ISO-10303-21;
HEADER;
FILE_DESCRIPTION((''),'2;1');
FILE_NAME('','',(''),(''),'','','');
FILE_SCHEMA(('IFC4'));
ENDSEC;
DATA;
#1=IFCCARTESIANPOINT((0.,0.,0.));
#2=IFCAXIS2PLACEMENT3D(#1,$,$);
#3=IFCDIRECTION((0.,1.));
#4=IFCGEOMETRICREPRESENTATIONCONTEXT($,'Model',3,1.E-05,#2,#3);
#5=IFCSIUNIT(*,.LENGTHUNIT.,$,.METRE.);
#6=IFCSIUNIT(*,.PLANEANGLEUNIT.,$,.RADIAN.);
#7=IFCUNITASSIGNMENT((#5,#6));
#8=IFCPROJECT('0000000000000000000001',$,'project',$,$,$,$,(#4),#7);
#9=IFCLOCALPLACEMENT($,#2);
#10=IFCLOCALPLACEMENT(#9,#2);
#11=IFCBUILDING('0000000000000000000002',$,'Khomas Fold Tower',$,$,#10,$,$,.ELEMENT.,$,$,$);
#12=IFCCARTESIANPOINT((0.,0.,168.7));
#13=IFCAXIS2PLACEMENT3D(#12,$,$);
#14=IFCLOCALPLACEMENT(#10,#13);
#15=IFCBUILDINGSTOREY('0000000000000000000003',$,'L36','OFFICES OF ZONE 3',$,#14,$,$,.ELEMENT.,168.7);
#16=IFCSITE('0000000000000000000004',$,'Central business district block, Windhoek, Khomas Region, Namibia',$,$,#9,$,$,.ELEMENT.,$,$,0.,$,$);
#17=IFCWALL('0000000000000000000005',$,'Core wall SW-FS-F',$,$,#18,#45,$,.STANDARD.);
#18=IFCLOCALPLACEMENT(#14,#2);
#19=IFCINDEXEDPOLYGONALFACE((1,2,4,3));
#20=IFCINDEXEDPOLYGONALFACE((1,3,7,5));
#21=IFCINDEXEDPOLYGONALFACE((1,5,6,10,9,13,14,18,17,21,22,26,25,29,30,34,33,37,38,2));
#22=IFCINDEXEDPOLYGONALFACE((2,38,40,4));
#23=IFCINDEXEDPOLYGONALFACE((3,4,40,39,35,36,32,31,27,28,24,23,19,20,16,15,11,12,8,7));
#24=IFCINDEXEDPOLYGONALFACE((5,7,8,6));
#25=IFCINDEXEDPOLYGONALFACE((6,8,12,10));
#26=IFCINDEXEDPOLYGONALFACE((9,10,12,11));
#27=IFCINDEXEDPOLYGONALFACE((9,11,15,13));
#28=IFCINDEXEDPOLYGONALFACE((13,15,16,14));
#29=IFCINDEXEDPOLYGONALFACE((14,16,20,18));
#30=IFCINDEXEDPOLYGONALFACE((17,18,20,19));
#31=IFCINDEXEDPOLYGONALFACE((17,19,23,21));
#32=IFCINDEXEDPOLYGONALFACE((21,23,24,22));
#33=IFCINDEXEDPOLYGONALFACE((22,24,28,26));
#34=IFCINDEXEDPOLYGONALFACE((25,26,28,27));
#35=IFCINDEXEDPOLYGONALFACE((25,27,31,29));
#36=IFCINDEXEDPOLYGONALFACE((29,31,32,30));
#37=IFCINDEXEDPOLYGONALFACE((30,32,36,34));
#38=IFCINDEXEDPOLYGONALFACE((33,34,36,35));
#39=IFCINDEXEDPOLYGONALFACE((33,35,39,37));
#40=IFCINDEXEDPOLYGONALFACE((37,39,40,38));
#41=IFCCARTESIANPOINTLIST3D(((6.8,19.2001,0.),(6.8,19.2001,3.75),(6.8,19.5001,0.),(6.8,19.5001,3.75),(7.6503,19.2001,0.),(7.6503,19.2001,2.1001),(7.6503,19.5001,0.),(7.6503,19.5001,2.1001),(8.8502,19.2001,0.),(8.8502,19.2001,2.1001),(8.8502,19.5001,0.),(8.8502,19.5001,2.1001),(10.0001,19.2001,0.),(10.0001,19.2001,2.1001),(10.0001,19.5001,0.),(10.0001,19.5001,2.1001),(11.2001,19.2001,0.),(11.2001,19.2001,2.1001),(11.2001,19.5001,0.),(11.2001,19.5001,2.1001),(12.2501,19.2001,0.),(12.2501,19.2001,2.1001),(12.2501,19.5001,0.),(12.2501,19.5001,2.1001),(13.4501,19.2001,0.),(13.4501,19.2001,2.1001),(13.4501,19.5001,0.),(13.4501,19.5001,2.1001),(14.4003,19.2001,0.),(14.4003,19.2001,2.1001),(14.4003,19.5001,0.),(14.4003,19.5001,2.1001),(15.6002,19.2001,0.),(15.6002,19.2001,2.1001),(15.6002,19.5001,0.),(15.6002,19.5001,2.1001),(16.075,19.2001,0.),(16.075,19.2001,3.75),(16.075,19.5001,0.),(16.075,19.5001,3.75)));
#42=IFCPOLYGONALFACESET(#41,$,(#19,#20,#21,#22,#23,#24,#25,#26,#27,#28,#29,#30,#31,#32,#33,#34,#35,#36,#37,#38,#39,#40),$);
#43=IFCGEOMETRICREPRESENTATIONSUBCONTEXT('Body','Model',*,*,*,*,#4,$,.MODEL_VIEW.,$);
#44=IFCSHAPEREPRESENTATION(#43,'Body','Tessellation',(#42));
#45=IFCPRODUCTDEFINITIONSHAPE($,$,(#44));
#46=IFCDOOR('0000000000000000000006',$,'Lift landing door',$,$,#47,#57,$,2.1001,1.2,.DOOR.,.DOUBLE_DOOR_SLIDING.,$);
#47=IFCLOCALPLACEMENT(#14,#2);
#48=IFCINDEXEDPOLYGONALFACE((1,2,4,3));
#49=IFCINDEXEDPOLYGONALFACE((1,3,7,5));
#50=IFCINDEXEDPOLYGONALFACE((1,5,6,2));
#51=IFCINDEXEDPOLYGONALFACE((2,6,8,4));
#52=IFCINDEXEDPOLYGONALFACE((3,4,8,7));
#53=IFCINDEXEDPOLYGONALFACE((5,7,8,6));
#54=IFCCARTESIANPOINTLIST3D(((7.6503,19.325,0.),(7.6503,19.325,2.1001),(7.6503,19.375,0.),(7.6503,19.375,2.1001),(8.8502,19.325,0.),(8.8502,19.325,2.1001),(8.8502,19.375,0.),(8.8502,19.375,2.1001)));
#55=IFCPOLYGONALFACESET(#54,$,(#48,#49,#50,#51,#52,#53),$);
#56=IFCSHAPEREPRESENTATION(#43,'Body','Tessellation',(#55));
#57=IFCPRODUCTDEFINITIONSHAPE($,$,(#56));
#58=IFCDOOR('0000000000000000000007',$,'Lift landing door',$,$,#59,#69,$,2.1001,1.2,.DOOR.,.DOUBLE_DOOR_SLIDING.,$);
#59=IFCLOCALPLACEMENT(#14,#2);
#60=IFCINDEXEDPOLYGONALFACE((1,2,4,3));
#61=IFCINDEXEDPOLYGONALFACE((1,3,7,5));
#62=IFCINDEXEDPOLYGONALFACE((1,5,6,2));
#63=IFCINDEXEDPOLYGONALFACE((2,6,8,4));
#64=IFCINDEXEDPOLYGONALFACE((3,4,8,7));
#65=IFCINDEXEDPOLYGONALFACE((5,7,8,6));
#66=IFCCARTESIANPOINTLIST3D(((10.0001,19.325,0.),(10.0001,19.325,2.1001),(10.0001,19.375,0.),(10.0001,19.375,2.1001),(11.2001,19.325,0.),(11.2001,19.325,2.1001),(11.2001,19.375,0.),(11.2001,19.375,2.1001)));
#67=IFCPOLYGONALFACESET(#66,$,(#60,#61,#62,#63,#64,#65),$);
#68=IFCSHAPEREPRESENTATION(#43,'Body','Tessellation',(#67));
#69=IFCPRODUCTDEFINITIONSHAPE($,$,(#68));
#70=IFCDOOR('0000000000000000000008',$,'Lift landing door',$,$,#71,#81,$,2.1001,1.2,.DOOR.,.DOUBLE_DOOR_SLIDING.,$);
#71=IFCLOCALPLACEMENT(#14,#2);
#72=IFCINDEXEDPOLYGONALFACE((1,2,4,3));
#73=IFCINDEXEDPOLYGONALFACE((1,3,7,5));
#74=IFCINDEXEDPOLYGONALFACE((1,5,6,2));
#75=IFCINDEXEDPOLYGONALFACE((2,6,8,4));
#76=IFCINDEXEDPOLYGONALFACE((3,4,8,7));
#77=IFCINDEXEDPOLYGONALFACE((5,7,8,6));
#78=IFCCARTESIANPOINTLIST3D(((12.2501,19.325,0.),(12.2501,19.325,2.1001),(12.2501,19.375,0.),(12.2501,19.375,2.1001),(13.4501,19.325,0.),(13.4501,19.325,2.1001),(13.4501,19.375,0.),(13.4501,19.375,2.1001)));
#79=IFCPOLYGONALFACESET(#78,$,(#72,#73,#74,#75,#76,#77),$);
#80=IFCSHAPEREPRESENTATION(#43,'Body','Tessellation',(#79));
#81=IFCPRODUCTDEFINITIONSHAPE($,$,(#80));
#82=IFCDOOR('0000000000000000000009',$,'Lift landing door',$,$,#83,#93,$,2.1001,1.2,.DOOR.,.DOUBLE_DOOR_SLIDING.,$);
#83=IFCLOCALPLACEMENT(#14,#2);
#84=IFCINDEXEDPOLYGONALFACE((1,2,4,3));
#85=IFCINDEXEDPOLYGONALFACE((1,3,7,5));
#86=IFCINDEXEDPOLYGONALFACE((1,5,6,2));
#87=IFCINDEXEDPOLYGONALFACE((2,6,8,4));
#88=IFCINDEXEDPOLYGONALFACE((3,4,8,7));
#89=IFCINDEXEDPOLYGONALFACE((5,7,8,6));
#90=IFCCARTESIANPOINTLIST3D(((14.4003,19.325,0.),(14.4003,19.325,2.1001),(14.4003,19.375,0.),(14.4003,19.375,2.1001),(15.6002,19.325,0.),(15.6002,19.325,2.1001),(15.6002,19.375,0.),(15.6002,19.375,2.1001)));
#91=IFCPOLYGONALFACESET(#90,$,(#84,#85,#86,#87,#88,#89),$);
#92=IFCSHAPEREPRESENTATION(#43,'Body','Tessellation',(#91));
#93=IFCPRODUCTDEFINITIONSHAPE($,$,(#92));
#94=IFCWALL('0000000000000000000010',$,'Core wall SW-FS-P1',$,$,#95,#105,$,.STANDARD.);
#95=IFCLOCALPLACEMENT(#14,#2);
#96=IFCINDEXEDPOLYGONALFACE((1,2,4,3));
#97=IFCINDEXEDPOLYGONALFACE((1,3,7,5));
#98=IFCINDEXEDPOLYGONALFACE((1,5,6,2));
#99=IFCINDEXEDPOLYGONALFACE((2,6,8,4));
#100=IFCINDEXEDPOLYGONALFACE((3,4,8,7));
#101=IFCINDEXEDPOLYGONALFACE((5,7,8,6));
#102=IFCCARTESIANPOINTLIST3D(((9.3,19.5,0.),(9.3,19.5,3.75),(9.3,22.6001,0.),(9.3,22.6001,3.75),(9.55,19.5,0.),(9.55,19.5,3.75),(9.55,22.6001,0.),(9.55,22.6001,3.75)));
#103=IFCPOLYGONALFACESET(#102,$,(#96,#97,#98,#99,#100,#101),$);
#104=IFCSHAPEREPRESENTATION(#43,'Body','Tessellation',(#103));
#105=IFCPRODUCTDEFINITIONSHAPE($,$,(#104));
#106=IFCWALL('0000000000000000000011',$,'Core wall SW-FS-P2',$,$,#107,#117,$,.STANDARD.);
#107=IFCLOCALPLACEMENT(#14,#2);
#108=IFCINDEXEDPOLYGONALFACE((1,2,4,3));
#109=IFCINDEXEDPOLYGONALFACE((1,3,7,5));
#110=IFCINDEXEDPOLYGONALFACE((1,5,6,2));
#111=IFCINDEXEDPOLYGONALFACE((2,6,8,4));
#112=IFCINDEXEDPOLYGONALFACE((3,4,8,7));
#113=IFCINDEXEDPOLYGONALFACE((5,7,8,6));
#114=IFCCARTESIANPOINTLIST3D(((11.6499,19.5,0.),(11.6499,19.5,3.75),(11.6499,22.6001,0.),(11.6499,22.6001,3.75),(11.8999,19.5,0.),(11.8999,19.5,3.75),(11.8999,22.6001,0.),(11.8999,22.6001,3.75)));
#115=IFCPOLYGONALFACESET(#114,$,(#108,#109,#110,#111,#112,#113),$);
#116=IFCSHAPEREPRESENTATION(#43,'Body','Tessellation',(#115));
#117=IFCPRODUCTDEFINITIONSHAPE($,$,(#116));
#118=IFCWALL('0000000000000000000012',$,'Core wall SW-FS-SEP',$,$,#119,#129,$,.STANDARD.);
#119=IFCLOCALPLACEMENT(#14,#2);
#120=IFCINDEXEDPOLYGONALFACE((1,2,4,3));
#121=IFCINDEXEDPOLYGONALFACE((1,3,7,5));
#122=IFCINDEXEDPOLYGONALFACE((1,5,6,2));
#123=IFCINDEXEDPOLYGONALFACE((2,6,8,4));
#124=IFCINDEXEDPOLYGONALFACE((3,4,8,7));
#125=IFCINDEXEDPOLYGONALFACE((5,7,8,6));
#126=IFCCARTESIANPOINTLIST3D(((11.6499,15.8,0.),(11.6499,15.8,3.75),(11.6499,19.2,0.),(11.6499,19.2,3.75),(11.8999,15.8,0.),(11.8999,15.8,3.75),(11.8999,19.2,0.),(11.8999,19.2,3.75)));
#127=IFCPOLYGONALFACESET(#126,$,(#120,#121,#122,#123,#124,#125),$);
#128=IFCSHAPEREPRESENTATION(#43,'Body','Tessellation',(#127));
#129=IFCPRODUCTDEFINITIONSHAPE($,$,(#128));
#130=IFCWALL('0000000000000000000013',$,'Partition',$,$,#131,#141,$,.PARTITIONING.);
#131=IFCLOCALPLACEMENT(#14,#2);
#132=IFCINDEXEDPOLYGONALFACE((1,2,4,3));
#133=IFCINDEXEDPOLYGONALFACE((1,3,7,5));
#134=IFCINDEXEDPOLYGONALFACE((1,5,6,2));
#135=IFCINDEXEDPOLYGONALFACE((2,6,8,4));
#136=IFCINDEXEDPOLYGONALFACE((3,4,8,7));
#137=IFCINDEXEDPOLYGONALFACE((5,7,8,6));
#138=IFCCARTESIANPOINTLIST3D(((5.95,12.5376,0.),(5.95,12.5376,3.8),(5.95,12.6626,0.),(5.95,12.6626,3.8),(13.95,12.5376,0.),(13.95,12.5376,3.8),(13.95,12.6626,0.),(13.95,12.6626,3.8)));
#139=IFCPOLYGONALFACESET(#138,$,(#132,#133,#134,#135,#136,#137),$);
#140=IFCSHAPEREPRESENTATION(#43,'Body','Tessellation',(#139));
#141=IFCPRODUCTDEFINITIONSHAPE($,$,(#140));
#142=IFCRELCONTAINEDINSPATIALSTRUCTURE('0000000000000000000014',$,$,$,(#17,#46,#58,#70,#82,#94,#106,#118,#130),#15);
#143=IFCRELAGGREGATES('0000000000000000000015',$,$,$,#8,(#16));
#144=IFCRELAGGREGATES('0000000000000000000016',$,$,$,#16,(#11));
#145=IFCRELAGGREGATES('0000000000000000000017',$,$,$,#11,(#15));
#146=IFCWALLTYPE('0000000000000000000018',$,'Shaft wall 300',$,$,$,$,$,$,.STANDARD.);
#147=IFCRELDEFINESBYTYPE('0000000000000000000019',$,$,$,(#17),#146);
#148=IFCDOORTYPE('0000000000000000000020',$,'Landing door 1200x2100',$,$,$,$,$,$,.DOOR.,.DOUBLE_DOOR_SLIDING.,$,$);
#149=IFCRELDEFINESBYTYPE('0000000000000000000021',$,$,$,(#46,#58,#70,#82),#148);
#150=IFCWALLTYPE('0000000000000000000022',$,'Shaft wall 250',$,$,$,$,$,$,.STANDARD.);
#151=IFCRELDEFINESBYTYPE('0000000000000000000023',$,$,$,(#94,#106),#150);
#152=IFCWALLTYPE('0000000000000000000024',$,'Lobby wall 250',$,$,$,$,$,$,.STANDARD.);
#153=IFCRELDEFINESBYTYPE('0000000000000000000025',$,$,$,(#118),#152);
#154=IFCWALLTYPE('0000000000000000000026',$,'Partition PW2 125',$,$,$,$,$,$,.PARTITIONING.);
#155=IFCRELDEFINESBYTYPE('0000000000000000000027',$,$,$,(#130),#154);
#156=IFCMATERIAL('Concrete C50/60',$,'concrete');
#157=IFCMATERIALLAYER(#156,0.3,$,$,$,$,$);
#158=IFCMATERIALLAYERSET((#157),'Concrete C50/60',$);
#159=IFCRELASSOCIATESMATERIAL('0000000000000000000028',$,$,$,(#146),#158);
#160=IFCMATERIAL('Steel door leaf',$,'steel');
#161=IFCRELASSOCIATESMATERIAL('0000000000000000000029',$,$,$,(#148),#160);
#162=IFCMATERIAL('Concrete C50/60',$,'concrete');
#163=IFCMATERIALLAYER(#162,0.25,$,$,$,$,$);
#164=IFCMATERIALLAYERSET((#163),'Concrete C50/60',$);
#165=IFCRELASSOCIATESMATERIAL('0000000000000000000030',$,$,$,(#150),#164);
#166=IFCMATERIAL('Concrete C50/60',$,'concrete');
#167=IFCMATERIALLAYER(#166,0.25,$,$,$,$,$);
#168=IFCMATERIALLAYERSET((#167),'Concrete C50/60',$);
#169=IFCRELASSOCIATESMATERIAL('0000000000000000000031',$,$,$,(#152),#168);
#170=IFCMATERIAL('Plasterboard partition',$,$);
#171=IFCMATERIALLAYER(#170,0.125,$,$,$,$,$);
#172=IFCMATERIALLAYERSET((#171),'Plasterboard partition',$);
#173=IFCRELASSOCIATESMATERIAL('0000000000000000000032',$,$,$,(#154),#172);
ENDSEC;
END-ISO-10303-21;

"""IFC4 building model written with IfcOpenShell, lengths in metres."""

from ifc_helpers import new_model, si_unit, direction, frame, frame_2d, origin, place, context, subcontext, project, spatial, rectangle, extrude, source, transform, mapped, material, layer, layer_set, type_object, element, fill, save


model = new_model("IFC4")

# Units and contexts
model_context = context("Model", 3, precision=1e-05, world=origin(), true_north=direction((0.0, 1.0)))
body_context = subcontext(model_context, "Body", "Model", "MODEL_VIEW")
ifc_project = project(units=[si_unit("LENGTHUNIT", "METRE"), si_unit("PLANEANGLEUNIT", "RADIAN")], contexts=[model_context])

# Site, building, storey
site_placement = place(None, origin())
site = spatial("IfcSite", under=ifc_project, at=site_placement, Name="Central business district block, Windhoek, Khomas Region, Namibia", CompositionType="ELEMENT", RefElevation=0.0)
building_placement = place(site_placement, origin())
building = spatial("IfcBuilding", under=site, at=building_placement, Name="Khomas Fold Tower", CompositionType="ELEMENT")
storey_placement = place(building_placement, frame((0.0, 0.0, 168.7)))
storey = spatial("IfcBuildingStorey", under=building, at=storey_placement, Name="L36", Description="OFFICES OF ZONE 3", CompositionType="ELEMENT", Elevation=168.7)

# Wall, openings, doors
ifc_material_1 = material(Name="Concrete C50/60", Category="concrete")
ifc_layer_1 = layer(ifc_material_1, 0.3)
ifc_layer_set_1 = layer_set([ifc_layer_1], Name="Concrete C50/60")
wall_type_1 = type_object("IfcWallType", Name="Shaft wall 300", PredefinedType="STANDARD", material=ifc_layer_set_1)
shared_shape_1 = source(origin(), body_context, "Body", "SweptSolid", [
    extrude(rectangle(XDim=9.2749, YDim=0.3, at=frame_2d((4.6375, 0.0))), origin(), (0.0, 0.0, 1.0), 3.75),
])
wall_1_placement = place(storey_placement, frame((6.8, 19.3501, 0.0), z_axis=(0.0, 0.0, 1.0), x_axis=(1.0, 0.0, 0.0)))
wall_1 = element("IfcWall", 1, at=wall_1_placement, inside=storey, type_object=wall_type_1, Name="Core wall SW-FS-F", PredefinedType="STANDARD", context=body_context, shape_type="MappedRepresentation", body=[
    mapped(shared_shape_1, transform((0.0, 0.0, 0.0))),
])
shared_shape_2 = source(origin(), body_context, "Body", "SweptSolid", [
    extrude(rectangle(XDim=1.2, YDim=2.1001, at=frame_2d((0.6001, 1.05))), frame((0.0, 0.1599, 0.0), z_axis=(0.0, -1.0, 0.0), x_axis=(1.0, 0.0, 0.0)), (0.0, 0.0, 1.0), 0.3201),
])
opening_1_placement = place(wall_1_placement, frame((0.8501, 0.0, 0.0)))
opening_1 = element("IfcOpeningElement", 2, at=opening_1_placement, cuts=wall_1, PredefinedType="OPENING", context=body_context, shape_type="MappedRepresentation", body=[
    mapped(shared_shape_2, transform((0.0, 0.0, 0.0))),
])
opening_2_placement = place(wall_1_placement, frame((3.2, 0.0, 0.0)))
opening_2 = element("IfcOpeningElement", 3, at=opening_2_placement, cuts=wall_1, PredefinedType="OPENING", context=body_context, shape_type="MappedRepresentation", body=[
    mapped(shared_shape_2, transform((0.0, 0.0, 0.0))),
])
opening_3_placement = place(wall_1_placement, frame((5.45, 0.0, 0.0)))
opening_3 = element("IfcOpeningElement", 4, at=opening_3_placement, cuts=wall_1, PredefinedType="OPENING", context=body_context, shape_type="MappedRepresentation", body=[
    mapped(shared_shape_2, transform((0.0, 0.0, 0.0))),
])
opening_4_placement = place(wall_1_placement, frame((7.6001, 0.0, 0.0)))
opening_4 = element("IfcOpeningElement", 5, at=opening_4_placement, cuts=wall_1, PredefinedType="OPENING", context=body_context, shape_type="MappedRepresentation", body=[
    mapped(shared_shape_2, transform((0.0, 0.0, 0.0))),
])
ifc_material_2 = material(Name="Steel door leaf", Category="steel")
door_type_1 = type_object("IfcDoorType", Name="Landing door 1200x2100", OperationType="DOUBLE_DOOR_SLIDING", PredefinedType="DOOR", material=ifc_material_2)
shared_shape_3 = source(origin(), body_context, "Body", "SweptSolid", [
    extrude(rectangle(XDim=1.2, YDim=2.1001, at=frame_2d((0.6001, 1.05))), frame((0.0, 0.0249, 0.0), z_axis=(0.0, -1.0, 0.0), x_axis=(1.0, 0.0, 0.0)), (0.0, 0.0, 1.0), 0.05),
])
door_1_placement = place(opening_1_placement, origin())
door_1 = element("IfcDoor", 6, at=door_1_placement, inside=storey, type_object=door_type_1, Name="Lift landing door", OperationType="DOUBLE_DOOR_SLIDING", OverallHeight=2.1001, OverallWidth=1.2, PredefinedType="DOOR", context=body_context, shape_type="MappedRepresentation", body=[
    mapped(shared_shape_3, transform((0.0, 0.0, 0.0))),
])
fill(opening_1, door_1)
door_2_placement = place(opening_2_placement, origin())
door_2 = element("IfcDoor", 7, at=door_2_placement, inside=storey, type_object=door_type_1, Name="Lift landing door", OperationType="DOUBLE_DOOR_SLIDING", OverallHeight=2.1001, OverallWidth=1.2, PredefinedType="DOOR", context=body_context, shape_type="MappedRepresentation", body=[
    mapped(shared_shape_3, transform((0.0, 0.0, 0.0))),
])
fill(opening_2, door_2)
door_3_placement = place(opening_3_placement, origin())
door_3 = element("IfcDoor", 8, at=door_3_placement, inside=storey, type_object=door_type_1, Name="Lift landing door", OperationType="DOUBLE_DOOR_SLIDING", OverallHeight=2.1001, OverallWidth=1.2, PredefinedType="DOOR", context=body_context, shape_type="MappedRepresentation", body=[
    mapped(shared_shape_3, transform((0.0, 0.0, 0.0))),
])
fill(opening_3, door_3)
door_4_placement = place(opening_4_placement, origin())
door_4 = element("IfcDoor", 9, at=door_4_placement, inside=storey, type_object=door_type_1, Name="Lift landing door", OperationType="DOUBLE_DOOR_SLIDING", OverallHeight=2.1001, OverallWidth=1.2, PredefinedType="DOOR", context=body_context, shape_type="MappedRepresentation", body=[
    mapped(shared_shape_3, transform((0.0, 0.0, 0.0))),
])
fill(opening_4, door_4)

# Walls
ifc_material_3 = material(Name="Concrete C50/60", Category="concrete")
ifc_layer_2 = layer(ifc_material_3, 0.25)
ifc_layer_set_2 = layer_set([ifc_layer_2], Name="Concrete C50/60")
wall_type_2 = type_object("IfcWallType", Name="Shaft wall 250", PredefinedType="STANDARD", material=ifc_layer_set_2)
shared_shape_4 = source(origin(), body_context, "Body", "SweptSolid", [
    extrude(rectangle(XDim=3.1001, YDim=0.25, at=frame_2d((1.55, 0.0))), origin(), (0.0, 0.0, 1.0), 3.75),
])
for number, where, z_axis, x_axis, name in (
    (10, (9.425, 19.5, 0.0), (0.0, 0.0, 1.0), (0.0, 1.0, 0.0), "Core wall SW-FS-P1"),
    (11, (11.7749, 19.5, 0.0), (0.0, 0.0, 1.0), (0.0, 1.0, 0.0), "Core wall SW-FS-P2"),
):
    element("IfcWall", number, at=place(storey_placement, frame(where, z_axis=z_axis, x_axis=x_axis)), inside=storey, type_object=wall_type_2, Name=name, PredefinedType="STANDARD", context=body_context, shape_type="MappedRepresentation", body=[
        mapped(shared_shape_4, transform((0.0, 0.0, 0.0))),
    ])
ifc_material_4 = material(Name="Concrete C50/60", Category="concrete")
ifc_layer_3 = layer(ifc_material_4, 0.25)
ifc_layer_set_3 = layer_set([ifc_layer_3], Name="Concrete C50/60")
wall_type_3 = type_object("IfcWallType", Name="Lobby wall 250", PredefinedType="STANDARD", material=ifc_layer_set_3)
shared_shape_5 = source(origin(), body_context, "Body", "SweptSolid", [
    extrude(rectangle(XDim=3.3999, YDim=0.25, at=frame_2d((1.7, 0.0))), origin(), (0.0, 0.0, 1.0), 3.75),
])
wall_2_placement = place(storey_placement, frame((11.7749, 15.8, 0.0), z_axis=(0.0, 0.0, 1.0), x_axis=(0.0, 1.0, 0.0)))
element("IfcWall", 12, at=wall_2_placement, inside=storey, type_object=wall_type_3, Name="Core wall SW-FS-SEP", PredefinedType="STANDARD", context=body_context, shape_type="MappedRepresentation", body=[
    mapped(shared_shape_5, transform((0.0, 0.0, 0.0))),
])
ifc_material_5 = material(Name="Plasterboard partition")
ifc_layer_4 = layer(ifc_material_5, 0.125)
ifc_layer_set_4 = layer_set([ifc_layer_4], Name="Plasterboard partition")
wall_type_4 = type_object("IfcWallType", Name="Partition PW2 125", PredefinedType="PARTITIONING", material=ifc_layer_set_4)
shared_shape_6 = source(origin(), body_context, "Body", "SweptSolid", [
    extrude(rectangle(XDim=8.0, YDim=0.125, at=frame_2d((4.0, 0.0))), origin(), (0.0, 0.0, 1.0), 3.8),
])
wall_3_placement = place(storey_placement, frame((5.95, 12.6001, 0.0), z_axis=(0.0, 0.0, 1.0), x_axis=(1.0, 0.0, 0.0)))
element("IfcWall", 13, at=wall_3_placement, inside=storey, type_object=wall_type_4, Name="Partition", PredefinedType="PARTITIONING", context=body_context, shape_type="MappedRepresentation", body=[
    mapped(shared_shape_6, transform((0.0, 0.0, 0.0))),
])

save(model, "model.ifc")
